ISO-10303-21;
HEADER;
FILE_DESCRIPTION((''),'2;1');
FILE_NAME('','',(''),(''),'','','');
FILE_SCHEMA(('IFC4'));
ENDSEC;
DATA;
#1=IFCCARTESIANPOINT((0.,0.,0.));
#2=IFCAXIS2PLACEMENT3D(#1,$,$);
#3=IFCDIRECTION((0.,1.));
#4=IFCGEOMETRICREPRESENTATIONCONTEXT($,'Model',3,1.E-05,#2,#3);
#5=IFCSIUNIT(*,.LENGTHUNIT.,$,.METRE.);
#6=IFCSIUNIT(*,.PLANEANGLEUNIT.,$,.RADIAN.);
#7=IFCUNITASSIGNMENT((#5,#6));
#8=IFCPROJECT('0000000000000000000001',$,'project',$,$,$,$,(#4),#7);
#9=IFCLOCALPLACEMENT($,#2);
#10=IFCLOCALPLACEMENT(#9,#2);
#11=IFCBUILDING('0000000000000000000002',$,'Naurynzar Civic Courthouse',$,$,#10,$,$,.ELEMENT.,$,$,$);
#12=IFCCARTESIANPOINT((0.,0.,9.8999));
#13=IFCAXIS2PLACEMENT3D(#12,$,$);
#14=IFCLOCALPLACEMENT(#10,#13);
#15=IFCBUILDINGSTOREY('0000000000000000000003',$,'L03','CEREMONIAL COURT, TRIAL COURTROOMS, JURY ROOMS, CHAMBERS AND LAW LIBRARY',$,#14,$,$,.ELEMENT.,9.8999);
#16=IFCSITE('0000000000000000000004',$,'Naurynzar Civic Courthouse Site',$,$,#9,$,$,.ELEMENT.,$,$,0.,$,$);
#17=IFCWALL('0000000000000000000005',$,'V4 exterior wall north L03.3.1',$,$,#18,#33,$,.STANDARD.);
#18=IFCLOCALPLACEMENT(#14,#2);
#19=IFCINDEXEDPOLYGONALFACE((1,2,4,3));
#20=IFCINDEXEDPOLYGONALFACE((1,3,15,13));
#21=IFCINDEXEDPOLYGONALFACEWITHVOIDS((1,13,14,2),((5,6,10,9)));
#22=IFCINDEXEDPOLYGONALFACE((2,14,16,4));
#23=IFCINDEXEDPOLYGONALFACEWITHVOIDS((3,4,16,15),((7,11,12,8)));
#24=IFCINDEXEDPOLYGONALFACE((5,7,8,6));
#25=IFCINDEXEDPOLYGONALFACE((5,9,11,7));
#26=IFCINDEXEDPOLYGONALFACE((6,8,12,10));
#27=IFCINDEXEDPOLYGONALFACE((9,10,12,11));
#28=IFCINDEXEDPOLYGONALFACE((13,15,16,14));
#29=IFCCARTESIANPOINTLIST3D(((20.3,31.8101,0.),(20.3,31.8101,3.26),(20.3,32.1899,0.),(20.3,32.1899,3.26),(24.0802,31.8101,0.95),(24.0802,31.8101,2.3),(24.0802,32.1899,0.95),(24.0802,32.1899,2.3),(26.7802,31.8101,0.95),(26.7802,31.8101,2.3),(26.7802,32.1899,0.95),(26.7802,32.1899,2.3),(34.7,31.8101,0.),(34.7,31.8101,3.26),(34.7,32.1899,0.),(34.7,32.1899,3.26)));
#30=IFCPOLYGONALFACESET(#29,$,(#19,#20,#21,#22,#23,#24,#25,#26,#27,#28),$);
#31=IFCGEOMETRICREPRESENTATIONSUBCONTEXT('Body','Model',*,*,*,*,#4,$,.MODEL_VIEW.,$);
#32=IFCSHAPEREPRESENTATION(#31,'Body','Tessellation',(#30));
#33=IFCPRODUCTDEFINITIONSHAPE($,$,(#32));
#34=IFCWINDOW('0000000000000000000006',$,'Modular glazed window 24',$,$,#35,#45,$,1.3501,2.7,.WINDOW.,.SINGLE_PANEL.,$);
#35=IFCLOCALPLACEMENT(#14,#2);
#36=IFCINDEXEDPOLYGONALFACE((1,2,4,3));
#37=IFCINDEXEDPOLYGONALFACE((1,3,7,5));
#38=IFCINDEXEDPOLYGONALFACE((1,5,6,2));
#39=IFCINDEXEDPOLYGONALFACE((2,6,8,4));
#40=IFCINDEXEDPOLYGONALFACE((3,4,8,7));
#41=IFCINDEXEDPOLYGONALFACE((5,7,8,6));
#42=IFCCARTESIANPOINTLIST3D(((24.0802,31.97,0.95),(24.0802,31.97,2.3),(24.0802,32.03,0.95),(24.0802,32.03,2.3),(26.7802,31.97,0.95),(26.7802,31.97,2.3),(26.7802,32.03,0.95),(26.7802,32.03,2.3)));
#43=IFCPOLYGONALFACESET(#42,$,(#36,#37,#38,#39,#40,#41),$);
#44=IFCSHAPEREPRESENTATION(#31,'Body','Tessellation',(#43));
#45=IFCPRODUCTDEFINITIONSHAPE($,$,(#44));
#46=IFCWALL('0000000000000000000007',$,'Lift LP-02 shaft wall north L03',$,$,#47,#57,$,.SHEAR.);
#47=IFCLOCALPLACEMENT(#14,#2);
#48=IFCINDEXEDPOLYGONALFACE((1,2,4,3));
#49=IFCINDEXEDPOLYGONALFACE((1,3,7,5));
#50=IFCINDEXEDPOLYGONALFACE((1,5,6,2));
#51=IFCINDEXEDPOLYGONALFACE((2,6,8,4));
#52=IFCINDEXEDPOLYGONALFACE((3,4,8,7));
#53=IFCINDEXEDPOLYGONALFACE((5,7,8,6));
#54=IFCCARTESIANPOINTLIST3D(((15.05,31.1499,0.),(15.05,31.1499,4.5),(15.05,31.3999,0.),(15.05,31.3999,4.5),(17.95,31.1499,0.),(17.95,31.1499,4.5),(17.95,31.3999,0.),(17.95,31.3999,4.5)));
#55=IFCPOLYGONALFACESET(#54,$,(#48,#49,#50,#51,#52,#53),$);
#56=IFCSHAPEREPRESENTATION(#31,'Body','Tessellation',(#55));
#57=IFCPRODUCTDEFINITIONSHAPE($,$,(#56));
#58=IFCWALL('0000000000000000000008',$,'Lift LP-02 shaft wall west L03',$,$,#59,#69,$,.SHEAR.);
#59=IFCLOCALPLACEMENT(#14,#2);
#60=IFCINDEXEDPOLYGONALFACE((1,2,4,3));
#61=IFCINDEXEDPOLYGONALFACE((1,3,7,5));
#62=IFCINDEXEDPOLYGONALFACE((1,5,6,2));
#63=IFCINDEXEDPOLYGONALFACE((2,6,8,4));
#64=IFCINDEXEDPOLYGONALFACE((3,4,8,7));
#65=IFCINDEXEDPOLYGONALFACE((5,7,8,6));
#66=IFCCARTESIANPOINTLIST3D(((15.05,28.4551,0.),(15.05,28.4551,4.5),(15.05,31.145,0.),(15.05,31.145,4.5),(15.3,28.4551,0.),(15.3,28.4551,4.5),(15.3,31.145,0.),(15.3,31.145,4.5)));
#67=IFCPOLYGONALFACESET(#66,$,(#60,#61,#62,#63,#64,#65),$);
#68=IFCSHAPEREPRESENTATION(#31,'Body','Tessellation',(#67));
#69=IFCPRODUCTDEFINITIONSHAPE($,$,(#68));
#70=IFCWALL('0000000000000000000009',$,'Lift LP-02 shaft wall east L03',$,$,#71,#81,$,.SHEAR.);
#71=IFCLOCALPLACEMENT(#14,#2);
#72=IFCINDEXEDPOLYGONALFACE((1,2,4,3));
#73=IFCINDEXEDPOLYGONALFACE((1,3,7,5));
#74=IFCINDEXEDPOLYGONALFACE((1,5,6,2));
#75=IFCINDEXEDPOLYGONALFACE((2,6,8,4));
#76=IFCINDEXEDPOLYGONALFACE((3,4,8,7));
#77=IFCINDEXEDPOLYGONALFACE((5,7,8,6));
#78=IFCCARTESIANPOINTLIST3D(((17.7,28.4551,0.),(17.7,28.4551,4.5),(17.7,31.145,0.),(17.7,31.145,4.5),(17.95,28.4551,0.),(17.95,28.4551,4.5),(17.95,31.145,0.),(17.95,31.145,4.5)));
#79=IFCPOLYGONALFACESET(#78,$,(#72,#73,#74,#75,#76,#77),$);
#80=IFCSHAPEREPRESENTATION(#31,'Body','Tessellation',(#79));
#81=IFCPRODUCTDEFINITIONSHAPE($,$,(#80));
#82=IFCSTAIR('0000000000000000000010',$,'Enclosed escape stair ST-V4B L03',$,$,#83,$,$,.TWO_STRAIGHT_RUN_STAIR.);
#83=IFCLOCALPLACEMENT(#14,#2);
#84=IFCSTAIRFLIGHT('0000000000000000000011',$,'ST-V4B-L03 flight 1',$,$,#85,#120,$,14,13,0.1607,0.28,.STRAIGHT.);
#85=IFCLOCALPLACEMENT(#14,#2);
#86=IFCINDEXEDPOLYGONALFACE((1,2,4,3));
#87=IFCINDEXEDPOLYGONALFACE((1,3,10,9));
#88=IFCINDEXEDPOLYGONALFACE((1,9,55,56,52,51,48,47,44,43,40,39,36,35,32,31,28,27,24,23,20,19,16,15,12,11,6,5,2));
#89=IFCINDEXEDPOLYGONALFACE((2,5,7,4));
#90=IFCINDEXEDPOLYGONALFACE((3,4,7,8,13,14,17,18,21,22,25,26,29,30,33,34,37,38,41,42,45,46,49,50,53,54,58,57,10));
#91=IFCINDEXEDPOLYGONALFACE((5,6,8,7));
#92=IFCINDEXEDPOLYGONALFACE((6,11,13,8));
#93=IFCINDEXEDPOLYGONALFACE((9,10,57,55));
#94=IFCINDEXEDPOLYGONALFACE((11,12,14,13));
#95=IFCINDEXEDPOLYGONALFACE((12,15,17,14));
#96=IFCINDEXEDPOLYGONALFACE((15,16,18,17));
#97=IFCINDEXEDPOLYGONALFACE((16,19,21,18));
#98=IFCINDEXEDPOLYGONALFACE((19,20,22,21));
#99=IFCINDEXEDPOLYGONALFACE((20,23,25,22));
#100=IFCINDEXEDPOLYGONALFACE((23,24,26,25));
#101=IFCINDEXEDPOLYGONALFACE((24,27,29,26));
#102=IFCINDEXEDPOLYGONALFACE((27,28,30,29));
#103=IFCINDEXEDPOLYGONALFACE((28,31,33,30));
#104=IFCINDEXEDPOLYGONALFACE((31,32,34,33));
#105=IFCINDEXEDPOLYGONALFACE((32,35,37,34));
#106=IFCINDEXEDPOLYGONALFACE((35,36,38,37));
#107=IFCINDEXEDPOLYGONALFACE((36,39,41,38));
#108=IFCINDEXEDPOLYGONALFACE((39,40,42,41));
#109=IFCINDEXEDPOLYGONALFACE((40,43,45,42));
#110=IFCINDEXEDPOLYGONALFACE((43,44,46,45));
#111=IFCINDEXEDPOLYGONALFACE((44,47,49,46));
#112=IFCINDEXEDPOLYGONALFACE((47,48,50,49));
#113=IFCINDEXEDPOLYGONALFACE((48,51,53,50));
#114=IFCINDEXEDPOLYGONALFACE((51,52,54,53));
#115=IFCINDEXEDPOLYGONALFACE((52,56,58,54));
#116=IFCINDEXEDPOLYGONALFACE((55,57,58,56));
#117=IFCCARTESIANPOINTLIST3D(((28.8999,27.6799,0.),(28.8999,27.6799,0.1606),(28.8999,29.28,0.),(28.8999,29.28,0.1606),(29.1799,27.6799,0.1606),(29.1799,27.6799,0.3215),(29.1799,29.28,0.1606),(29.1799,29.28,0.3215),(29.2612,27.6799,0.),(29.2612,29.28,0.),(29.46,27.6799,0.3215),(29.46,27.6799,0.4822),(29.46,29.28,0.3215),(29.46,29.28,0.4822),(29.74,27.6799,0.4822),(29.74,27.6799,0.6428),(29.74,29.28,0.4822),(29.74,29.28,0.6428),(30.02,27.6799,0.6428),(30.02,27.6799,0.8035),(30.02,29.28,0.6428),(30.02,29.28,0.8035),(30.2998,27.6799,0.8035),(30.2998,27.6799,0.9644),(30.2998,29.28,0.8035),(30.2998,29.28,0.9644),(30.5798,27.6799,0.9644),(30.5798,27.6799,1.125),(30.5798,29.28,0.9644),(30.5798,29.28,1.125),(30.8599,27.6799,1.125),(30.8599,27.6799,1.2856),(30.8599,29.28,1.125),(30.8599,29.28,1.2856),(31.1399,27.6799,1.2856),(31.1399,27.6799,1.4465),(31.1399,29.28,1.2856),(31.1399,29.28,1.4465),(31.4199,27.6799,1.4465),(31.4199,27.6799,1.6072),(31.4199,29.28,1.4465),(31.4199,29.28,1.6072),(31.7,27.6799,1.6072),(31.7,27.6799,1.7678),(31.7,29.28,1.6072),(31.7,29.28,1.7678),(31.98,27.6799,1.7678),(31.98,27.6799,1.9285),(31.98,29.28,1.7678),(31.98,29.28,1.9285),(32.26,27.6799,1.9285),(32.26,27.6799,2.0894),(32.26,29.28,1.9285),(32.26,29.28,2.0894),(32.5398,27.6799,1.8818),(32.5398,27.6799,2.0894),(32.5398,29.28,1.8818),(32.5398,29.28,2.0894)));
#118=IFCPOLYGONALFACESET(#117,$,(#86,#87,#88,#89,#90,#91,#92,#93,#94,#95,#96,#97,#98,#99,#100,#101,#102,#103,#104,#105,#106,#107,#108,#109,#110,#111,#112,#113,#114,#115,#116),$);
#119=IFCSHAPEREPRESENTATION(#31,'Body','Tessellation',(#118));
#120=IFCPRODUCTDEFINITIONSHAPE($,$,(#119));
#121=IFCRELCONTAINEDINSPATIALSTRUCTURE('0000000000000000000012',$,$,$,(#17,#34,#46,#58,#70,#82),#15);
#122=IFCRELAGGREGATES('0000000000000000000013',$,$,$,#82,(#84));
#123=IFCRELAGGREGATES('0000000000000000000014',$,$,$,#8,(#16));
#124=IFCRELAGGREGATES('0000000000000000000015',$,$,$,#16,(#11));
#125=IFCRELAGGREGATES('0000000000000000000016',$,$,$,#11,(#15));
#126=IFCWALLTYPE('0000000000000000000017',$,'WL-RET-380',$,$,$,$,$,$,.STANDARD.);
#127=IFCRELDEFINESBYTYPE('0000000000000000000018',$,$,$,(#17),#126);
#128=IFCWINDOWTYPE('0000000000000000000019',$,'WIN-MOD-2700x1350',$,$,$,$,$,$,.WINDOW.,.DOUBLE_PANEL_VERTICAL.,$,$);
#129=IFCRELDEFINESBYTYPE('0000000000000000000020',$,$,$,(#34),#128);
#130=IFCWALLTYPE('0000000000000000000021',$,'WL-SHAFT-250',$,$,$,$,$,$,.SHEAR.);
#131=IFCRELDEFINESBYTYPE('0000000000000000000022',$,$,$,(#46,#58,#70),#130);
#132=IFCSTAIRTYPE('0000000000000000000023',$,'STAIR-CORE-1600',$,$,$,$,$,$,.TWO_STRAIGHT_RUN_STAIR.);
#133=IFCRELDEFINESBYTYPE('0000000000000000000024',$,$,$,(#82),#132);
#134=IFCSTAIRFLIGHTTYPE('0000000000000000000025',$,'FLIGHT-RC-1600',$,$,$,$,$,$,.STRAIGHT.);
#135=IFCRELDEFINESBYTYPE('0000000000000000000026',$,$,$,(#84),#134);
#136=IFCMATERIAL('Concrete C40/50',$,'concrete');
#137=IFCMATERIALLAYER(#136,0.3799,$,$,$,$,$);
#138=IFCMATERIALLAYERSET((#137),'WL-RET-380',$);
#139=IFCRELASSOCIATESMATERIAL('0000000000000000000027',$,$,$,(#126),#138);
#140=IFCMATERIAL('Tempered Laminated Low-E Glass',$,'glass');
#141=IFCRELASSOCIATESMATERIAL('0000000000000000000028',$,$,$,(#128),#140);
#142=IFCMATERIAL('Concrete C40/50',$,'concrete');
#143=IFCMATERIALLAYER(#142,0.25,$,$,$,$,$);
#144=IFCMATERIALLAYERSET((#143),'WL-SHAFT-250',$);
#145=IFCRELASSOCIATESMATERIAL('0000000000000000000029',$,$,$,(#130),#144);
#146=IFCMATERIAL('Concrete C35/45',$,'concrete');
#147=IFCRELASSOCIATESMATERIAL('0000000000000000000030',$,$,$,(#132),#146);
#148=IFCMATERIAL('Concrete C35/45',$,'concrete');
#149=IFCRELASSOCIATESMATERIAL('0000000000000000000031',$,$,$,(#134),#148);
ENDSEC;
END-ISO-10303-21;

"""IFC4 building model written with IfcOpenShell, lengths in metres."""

from ifc_helpers import new_model, si_unit, direction, frame, frame_2d, origin, place, context, subcontext, project, spatial, polyline, rectangle, outline, extrude, material, layer, layer_set, type_object, element, fill, aggregate, save


model = new_model("IFC4")

# Units and contexts
model_context = context("Model", 3, precision=1e-05, world=origin(), true_north=direction((0.0, 1.0)))
body_context = subcontext(model_context, "Body", "Model", "MODEL_VIEW")
ifc_project = project(units=[si_unit("LENGTHUNIT", "METRE"), si_unit("PLANEANGLEUNIT", "RADIAN")], contexts=[model_context])

# Site, building, storey
site_placement = place(None, origin())
site = spatial("IfcSite", under=ifc_project, at=site_placement, Name="Naurynzar Civic Courthouse Site", CompositionType="ELEMENT", RefElevation=0.0)
building_placement = place(site_placement, origin())
building = spatial("IfcBuilding", under=site, at=building_placement, Name="Naurynzar Civic Courthouse", CompositionType="ELEMENT")
storey_placement = place(building_placement, frame((0.0, 0.0, 9.8999)))
storey = spatial("IfcBuildingStorey", under=building, at=storey_placement, Name="L03", Description="CEREMONIAL COURT, TRIAL COURTROOMS, JURY ROOMS, CHAMBERS AND LAW LIBRARY", CompositionType="ELEMENT", Elevation=9.8999)

# Wall, opening, window
ifc_material_1 = material(Name="Concrete C40/50", Category="concrete")
ifc_layer_1 = layer(ifc_material_1, 0.3799)
ifc_layer_set_1 = layer_set([ifc_layer_1], Name="WL-RET-380")
wall_type_1 = type_object("IfcWallType", Name="WL-RET-380", PredefinedType="STANDARD", material=ifc_layer_set_1)
wall_1_placement = place(storey_placement, frame((20.3, 32.0, 0.0), z_axis=(0.0, 0.0, 1.0), x_axis=(1.0, 0.0, 0.0)))
wall_1 = element("IfcWall", 1, at=wall_1_placement, inside=storey, type_object=wall_type_1, Name="V4 exterior wall north L03.3.1", PredefinedType="STANDARD", context=body_context, shape_type="SweptSolid", body=[
    extrude(rectangle(XDim=14.3999, YDim=0.3799, at=frame_2d((7.2, 0.0))), origin(), (0.0, 0.0, 1.0), 3.26),
])
opening_1_placement = place(wall_1_placement, frame((3.78, 0.0, 0.95)))
opening_1 = element("IfcOpeningElement", 2, at=opening_1_placement, cuts=wall_1, PredefinedType="OPENING", context=body_context, shape_type="SweptSolid", body=[
    extrude(rectangle(XDim=2.7, YDim=1.3501, at=frame_2d((1.3501, 0.675))), frame((0.0, 0.2, 0.0), z_axis=(0.0, -1.0, 0.0), x_axis=(1.0, 0.0, 0.0)), (0.0, 0.0, 1.0), 0.3999),
])
ifc_material_2 = material(Name="Tempered Laminated Low-E Glass", Category="glass")
window_type_1 = type_object("IfcWindowType", Name="WIN-MOD-2700x1350", PartitioningType="DOUBLE_PANEL_VERTICAL", PredefinedType="WINDOW", material=ifc_material_2)
window_1_placement = place(opening_1_placement, origin())
window_1 = element("IfcWindow", 3, at=window_1_placement, inside=storey, type_object=window_type_1, Name="Modular glazed window 24", OverallHeight=1.3501, OverallWidth=2.7, PartitioningType="SINGLE_PANEL", PredefinedType="WINDOW", context=body_context, shape_type="SweptSolid", body=[
    extrude(rectangle(XDim=2.7, YDim=1.3501, at=frame_2d((1.3501, 0.675))), frame((0.0, 0.03, 0.0), z_axis=(0.0, -1.0, 0.0), x_axis=(1.0, 0.0, 0.0)), (0.0, 0.0, 1.0), 0.0601),
])
fill(opening_1, window_1)

# Shared definitions
ifc_material_3 = material(Name="Concrete C40/50", Category="concrete")
ifc_layer_2 = layer(ifc_material_3, 0.25)
ifc_layer_set_2 = layer_set([ifc_layer_2], Name="WL-SHAFT-250")
wall_type_2 = type_object("IfcWallType", Name="WL-SHAFT-250", PredefinedType="SHEAR", material=ifc_layer_set_2)

# Walls
wall_2_placement = place(storey_placement, frame((17.95, 31.2749, 0.0), z_axis=(0.0, 0.0, 1.0), x_axis=(-1.0, 0.0, 0.0)))
element("IfcWall", 4, at=wall_2_placement, inside=storey, type_object=wall_type_2, Name="Lift LP-02 shaft wall north L03", PredefinedType="SHEAR", context=body_context, shape_type="SweptSolid", body=[
    extrude(rectangle(XDim=2.8999, YDim=0.25, at=frame_2d((1.45, 0.0))), origin(), (0.0, 0.0, 1.0), 4.5),
])
for number, where, z_axis, x_axis, name in (
    (5, (15.175, 31.145, 0.0), (0.0, 0.0, 1.0), (0.0, -1.0, 0.0), "Lift LP-02 shaft wall west L03"),
    (6, (17.825, 28.4551, 0.0), (0.0, 0.0, 1.0), (0.0, 1.0, 0.0), "Lift LP-02 shaft wall east L03"),
):
    element("IfcWall", number, at=place(storey_placement, frame(where, z_axis=z_axis, x_axis=x_axis)), inside=storey, type_object=wall_type_2, Name=name, PredefinedType="SHEAR", context=body_context, shape_type="SweptSolid", body=[
        extrude(rectangle(XDim=2.6899, YDim=0.25, at=frame_2d((1.345, 0.0))), origin(), (0.0, 0.0, 1.0), 4.5),
    ])

# Stair, stair flight
ifc_material_4 = material(Name="Concrete C35/45", Category="concrete")
stair_type = type_object("IfcStairType", Name="STAIR-CORE-1600", PredefinedType="TWO_STRAIGHT_RUN_STAIR", material=ifc_material_4)
stair_placement = place(storey_placement, origin())
stair = element("IfcStair", 7, at=stair_placement, inside=storey, type_object=stair_type, Name="Enclosed escape stair ST-V4B L03", PredefinedType="TWO_STRAIGHT_RUN_STAIR")
ifc_material_5 = material(Name="Concrete C35/45", Category="concrete")
stair_flight_type = type_object("IfcStairFlightType", Name="FLIGHT-RC-1600", PredefinedType="STRAIGHT", material=ifc_material_5)
stair_flight_placement = place(storey_placement, frame((28.8999, 28.48, 0.0), z_axis=(0.0, 0.0, 1.0), x_axis=(1.0, 0.0, 0.0)))
stair_flight = element("IfcStairFlight", 8, at=stair_flight_placement, type_object=stair_flight_type, Name="ST-V4B-L03 flight 1", NumberOfRisers=14, NumberOfTreads=13, PredefinedType="STRAIGHT", RiserHeight=0.1607, TreadLength=0.28, context=body_context, shape_type="SweptSolid", body=[
    extrude(outline(polyline([(0.0, 0.0), (0.0, 0.1606), (0.28, 0.1606), (0.28, 0.3215), (0.5601, 0.3215), (0.5601, 0.4822), (0.8401, 0.4822), (0.8401, 0.6428), (1.1201, 0.6428), (1.1201, 0.8035), (1.3999, 0.8035), (1.3999, 0.9644), (1.6799, 0.9644), (1.6799, 1.125), (1.96, 1.125), (1.96, 1.2856), (2.24, 1.2856), (2.24, 1.4465), (2.52, 1.4465), (2.52, 1.6072), (2.8, 1.6072), (2.8, 1.7678), (3.0801, 1.7678), (3.0801, 1.9285), (3.3601, 1.9285), (3.3601, 2.0894), (3.6399, 2.0894), (3.6399, 2.25), (3.6399, 1.8818), (0.3613, 0.0), (0.0, 0.0)])), frame((0.0, 0.8, 0.0), z_axis=(0.0, -1.0, 0.0), x_axis=(1.0, 0.0, 0.0)), (0.0, 0.0, 1.0), 1.6001),
])
aggregate(stair, [stair_flight])

save(model, "model.ifc")
